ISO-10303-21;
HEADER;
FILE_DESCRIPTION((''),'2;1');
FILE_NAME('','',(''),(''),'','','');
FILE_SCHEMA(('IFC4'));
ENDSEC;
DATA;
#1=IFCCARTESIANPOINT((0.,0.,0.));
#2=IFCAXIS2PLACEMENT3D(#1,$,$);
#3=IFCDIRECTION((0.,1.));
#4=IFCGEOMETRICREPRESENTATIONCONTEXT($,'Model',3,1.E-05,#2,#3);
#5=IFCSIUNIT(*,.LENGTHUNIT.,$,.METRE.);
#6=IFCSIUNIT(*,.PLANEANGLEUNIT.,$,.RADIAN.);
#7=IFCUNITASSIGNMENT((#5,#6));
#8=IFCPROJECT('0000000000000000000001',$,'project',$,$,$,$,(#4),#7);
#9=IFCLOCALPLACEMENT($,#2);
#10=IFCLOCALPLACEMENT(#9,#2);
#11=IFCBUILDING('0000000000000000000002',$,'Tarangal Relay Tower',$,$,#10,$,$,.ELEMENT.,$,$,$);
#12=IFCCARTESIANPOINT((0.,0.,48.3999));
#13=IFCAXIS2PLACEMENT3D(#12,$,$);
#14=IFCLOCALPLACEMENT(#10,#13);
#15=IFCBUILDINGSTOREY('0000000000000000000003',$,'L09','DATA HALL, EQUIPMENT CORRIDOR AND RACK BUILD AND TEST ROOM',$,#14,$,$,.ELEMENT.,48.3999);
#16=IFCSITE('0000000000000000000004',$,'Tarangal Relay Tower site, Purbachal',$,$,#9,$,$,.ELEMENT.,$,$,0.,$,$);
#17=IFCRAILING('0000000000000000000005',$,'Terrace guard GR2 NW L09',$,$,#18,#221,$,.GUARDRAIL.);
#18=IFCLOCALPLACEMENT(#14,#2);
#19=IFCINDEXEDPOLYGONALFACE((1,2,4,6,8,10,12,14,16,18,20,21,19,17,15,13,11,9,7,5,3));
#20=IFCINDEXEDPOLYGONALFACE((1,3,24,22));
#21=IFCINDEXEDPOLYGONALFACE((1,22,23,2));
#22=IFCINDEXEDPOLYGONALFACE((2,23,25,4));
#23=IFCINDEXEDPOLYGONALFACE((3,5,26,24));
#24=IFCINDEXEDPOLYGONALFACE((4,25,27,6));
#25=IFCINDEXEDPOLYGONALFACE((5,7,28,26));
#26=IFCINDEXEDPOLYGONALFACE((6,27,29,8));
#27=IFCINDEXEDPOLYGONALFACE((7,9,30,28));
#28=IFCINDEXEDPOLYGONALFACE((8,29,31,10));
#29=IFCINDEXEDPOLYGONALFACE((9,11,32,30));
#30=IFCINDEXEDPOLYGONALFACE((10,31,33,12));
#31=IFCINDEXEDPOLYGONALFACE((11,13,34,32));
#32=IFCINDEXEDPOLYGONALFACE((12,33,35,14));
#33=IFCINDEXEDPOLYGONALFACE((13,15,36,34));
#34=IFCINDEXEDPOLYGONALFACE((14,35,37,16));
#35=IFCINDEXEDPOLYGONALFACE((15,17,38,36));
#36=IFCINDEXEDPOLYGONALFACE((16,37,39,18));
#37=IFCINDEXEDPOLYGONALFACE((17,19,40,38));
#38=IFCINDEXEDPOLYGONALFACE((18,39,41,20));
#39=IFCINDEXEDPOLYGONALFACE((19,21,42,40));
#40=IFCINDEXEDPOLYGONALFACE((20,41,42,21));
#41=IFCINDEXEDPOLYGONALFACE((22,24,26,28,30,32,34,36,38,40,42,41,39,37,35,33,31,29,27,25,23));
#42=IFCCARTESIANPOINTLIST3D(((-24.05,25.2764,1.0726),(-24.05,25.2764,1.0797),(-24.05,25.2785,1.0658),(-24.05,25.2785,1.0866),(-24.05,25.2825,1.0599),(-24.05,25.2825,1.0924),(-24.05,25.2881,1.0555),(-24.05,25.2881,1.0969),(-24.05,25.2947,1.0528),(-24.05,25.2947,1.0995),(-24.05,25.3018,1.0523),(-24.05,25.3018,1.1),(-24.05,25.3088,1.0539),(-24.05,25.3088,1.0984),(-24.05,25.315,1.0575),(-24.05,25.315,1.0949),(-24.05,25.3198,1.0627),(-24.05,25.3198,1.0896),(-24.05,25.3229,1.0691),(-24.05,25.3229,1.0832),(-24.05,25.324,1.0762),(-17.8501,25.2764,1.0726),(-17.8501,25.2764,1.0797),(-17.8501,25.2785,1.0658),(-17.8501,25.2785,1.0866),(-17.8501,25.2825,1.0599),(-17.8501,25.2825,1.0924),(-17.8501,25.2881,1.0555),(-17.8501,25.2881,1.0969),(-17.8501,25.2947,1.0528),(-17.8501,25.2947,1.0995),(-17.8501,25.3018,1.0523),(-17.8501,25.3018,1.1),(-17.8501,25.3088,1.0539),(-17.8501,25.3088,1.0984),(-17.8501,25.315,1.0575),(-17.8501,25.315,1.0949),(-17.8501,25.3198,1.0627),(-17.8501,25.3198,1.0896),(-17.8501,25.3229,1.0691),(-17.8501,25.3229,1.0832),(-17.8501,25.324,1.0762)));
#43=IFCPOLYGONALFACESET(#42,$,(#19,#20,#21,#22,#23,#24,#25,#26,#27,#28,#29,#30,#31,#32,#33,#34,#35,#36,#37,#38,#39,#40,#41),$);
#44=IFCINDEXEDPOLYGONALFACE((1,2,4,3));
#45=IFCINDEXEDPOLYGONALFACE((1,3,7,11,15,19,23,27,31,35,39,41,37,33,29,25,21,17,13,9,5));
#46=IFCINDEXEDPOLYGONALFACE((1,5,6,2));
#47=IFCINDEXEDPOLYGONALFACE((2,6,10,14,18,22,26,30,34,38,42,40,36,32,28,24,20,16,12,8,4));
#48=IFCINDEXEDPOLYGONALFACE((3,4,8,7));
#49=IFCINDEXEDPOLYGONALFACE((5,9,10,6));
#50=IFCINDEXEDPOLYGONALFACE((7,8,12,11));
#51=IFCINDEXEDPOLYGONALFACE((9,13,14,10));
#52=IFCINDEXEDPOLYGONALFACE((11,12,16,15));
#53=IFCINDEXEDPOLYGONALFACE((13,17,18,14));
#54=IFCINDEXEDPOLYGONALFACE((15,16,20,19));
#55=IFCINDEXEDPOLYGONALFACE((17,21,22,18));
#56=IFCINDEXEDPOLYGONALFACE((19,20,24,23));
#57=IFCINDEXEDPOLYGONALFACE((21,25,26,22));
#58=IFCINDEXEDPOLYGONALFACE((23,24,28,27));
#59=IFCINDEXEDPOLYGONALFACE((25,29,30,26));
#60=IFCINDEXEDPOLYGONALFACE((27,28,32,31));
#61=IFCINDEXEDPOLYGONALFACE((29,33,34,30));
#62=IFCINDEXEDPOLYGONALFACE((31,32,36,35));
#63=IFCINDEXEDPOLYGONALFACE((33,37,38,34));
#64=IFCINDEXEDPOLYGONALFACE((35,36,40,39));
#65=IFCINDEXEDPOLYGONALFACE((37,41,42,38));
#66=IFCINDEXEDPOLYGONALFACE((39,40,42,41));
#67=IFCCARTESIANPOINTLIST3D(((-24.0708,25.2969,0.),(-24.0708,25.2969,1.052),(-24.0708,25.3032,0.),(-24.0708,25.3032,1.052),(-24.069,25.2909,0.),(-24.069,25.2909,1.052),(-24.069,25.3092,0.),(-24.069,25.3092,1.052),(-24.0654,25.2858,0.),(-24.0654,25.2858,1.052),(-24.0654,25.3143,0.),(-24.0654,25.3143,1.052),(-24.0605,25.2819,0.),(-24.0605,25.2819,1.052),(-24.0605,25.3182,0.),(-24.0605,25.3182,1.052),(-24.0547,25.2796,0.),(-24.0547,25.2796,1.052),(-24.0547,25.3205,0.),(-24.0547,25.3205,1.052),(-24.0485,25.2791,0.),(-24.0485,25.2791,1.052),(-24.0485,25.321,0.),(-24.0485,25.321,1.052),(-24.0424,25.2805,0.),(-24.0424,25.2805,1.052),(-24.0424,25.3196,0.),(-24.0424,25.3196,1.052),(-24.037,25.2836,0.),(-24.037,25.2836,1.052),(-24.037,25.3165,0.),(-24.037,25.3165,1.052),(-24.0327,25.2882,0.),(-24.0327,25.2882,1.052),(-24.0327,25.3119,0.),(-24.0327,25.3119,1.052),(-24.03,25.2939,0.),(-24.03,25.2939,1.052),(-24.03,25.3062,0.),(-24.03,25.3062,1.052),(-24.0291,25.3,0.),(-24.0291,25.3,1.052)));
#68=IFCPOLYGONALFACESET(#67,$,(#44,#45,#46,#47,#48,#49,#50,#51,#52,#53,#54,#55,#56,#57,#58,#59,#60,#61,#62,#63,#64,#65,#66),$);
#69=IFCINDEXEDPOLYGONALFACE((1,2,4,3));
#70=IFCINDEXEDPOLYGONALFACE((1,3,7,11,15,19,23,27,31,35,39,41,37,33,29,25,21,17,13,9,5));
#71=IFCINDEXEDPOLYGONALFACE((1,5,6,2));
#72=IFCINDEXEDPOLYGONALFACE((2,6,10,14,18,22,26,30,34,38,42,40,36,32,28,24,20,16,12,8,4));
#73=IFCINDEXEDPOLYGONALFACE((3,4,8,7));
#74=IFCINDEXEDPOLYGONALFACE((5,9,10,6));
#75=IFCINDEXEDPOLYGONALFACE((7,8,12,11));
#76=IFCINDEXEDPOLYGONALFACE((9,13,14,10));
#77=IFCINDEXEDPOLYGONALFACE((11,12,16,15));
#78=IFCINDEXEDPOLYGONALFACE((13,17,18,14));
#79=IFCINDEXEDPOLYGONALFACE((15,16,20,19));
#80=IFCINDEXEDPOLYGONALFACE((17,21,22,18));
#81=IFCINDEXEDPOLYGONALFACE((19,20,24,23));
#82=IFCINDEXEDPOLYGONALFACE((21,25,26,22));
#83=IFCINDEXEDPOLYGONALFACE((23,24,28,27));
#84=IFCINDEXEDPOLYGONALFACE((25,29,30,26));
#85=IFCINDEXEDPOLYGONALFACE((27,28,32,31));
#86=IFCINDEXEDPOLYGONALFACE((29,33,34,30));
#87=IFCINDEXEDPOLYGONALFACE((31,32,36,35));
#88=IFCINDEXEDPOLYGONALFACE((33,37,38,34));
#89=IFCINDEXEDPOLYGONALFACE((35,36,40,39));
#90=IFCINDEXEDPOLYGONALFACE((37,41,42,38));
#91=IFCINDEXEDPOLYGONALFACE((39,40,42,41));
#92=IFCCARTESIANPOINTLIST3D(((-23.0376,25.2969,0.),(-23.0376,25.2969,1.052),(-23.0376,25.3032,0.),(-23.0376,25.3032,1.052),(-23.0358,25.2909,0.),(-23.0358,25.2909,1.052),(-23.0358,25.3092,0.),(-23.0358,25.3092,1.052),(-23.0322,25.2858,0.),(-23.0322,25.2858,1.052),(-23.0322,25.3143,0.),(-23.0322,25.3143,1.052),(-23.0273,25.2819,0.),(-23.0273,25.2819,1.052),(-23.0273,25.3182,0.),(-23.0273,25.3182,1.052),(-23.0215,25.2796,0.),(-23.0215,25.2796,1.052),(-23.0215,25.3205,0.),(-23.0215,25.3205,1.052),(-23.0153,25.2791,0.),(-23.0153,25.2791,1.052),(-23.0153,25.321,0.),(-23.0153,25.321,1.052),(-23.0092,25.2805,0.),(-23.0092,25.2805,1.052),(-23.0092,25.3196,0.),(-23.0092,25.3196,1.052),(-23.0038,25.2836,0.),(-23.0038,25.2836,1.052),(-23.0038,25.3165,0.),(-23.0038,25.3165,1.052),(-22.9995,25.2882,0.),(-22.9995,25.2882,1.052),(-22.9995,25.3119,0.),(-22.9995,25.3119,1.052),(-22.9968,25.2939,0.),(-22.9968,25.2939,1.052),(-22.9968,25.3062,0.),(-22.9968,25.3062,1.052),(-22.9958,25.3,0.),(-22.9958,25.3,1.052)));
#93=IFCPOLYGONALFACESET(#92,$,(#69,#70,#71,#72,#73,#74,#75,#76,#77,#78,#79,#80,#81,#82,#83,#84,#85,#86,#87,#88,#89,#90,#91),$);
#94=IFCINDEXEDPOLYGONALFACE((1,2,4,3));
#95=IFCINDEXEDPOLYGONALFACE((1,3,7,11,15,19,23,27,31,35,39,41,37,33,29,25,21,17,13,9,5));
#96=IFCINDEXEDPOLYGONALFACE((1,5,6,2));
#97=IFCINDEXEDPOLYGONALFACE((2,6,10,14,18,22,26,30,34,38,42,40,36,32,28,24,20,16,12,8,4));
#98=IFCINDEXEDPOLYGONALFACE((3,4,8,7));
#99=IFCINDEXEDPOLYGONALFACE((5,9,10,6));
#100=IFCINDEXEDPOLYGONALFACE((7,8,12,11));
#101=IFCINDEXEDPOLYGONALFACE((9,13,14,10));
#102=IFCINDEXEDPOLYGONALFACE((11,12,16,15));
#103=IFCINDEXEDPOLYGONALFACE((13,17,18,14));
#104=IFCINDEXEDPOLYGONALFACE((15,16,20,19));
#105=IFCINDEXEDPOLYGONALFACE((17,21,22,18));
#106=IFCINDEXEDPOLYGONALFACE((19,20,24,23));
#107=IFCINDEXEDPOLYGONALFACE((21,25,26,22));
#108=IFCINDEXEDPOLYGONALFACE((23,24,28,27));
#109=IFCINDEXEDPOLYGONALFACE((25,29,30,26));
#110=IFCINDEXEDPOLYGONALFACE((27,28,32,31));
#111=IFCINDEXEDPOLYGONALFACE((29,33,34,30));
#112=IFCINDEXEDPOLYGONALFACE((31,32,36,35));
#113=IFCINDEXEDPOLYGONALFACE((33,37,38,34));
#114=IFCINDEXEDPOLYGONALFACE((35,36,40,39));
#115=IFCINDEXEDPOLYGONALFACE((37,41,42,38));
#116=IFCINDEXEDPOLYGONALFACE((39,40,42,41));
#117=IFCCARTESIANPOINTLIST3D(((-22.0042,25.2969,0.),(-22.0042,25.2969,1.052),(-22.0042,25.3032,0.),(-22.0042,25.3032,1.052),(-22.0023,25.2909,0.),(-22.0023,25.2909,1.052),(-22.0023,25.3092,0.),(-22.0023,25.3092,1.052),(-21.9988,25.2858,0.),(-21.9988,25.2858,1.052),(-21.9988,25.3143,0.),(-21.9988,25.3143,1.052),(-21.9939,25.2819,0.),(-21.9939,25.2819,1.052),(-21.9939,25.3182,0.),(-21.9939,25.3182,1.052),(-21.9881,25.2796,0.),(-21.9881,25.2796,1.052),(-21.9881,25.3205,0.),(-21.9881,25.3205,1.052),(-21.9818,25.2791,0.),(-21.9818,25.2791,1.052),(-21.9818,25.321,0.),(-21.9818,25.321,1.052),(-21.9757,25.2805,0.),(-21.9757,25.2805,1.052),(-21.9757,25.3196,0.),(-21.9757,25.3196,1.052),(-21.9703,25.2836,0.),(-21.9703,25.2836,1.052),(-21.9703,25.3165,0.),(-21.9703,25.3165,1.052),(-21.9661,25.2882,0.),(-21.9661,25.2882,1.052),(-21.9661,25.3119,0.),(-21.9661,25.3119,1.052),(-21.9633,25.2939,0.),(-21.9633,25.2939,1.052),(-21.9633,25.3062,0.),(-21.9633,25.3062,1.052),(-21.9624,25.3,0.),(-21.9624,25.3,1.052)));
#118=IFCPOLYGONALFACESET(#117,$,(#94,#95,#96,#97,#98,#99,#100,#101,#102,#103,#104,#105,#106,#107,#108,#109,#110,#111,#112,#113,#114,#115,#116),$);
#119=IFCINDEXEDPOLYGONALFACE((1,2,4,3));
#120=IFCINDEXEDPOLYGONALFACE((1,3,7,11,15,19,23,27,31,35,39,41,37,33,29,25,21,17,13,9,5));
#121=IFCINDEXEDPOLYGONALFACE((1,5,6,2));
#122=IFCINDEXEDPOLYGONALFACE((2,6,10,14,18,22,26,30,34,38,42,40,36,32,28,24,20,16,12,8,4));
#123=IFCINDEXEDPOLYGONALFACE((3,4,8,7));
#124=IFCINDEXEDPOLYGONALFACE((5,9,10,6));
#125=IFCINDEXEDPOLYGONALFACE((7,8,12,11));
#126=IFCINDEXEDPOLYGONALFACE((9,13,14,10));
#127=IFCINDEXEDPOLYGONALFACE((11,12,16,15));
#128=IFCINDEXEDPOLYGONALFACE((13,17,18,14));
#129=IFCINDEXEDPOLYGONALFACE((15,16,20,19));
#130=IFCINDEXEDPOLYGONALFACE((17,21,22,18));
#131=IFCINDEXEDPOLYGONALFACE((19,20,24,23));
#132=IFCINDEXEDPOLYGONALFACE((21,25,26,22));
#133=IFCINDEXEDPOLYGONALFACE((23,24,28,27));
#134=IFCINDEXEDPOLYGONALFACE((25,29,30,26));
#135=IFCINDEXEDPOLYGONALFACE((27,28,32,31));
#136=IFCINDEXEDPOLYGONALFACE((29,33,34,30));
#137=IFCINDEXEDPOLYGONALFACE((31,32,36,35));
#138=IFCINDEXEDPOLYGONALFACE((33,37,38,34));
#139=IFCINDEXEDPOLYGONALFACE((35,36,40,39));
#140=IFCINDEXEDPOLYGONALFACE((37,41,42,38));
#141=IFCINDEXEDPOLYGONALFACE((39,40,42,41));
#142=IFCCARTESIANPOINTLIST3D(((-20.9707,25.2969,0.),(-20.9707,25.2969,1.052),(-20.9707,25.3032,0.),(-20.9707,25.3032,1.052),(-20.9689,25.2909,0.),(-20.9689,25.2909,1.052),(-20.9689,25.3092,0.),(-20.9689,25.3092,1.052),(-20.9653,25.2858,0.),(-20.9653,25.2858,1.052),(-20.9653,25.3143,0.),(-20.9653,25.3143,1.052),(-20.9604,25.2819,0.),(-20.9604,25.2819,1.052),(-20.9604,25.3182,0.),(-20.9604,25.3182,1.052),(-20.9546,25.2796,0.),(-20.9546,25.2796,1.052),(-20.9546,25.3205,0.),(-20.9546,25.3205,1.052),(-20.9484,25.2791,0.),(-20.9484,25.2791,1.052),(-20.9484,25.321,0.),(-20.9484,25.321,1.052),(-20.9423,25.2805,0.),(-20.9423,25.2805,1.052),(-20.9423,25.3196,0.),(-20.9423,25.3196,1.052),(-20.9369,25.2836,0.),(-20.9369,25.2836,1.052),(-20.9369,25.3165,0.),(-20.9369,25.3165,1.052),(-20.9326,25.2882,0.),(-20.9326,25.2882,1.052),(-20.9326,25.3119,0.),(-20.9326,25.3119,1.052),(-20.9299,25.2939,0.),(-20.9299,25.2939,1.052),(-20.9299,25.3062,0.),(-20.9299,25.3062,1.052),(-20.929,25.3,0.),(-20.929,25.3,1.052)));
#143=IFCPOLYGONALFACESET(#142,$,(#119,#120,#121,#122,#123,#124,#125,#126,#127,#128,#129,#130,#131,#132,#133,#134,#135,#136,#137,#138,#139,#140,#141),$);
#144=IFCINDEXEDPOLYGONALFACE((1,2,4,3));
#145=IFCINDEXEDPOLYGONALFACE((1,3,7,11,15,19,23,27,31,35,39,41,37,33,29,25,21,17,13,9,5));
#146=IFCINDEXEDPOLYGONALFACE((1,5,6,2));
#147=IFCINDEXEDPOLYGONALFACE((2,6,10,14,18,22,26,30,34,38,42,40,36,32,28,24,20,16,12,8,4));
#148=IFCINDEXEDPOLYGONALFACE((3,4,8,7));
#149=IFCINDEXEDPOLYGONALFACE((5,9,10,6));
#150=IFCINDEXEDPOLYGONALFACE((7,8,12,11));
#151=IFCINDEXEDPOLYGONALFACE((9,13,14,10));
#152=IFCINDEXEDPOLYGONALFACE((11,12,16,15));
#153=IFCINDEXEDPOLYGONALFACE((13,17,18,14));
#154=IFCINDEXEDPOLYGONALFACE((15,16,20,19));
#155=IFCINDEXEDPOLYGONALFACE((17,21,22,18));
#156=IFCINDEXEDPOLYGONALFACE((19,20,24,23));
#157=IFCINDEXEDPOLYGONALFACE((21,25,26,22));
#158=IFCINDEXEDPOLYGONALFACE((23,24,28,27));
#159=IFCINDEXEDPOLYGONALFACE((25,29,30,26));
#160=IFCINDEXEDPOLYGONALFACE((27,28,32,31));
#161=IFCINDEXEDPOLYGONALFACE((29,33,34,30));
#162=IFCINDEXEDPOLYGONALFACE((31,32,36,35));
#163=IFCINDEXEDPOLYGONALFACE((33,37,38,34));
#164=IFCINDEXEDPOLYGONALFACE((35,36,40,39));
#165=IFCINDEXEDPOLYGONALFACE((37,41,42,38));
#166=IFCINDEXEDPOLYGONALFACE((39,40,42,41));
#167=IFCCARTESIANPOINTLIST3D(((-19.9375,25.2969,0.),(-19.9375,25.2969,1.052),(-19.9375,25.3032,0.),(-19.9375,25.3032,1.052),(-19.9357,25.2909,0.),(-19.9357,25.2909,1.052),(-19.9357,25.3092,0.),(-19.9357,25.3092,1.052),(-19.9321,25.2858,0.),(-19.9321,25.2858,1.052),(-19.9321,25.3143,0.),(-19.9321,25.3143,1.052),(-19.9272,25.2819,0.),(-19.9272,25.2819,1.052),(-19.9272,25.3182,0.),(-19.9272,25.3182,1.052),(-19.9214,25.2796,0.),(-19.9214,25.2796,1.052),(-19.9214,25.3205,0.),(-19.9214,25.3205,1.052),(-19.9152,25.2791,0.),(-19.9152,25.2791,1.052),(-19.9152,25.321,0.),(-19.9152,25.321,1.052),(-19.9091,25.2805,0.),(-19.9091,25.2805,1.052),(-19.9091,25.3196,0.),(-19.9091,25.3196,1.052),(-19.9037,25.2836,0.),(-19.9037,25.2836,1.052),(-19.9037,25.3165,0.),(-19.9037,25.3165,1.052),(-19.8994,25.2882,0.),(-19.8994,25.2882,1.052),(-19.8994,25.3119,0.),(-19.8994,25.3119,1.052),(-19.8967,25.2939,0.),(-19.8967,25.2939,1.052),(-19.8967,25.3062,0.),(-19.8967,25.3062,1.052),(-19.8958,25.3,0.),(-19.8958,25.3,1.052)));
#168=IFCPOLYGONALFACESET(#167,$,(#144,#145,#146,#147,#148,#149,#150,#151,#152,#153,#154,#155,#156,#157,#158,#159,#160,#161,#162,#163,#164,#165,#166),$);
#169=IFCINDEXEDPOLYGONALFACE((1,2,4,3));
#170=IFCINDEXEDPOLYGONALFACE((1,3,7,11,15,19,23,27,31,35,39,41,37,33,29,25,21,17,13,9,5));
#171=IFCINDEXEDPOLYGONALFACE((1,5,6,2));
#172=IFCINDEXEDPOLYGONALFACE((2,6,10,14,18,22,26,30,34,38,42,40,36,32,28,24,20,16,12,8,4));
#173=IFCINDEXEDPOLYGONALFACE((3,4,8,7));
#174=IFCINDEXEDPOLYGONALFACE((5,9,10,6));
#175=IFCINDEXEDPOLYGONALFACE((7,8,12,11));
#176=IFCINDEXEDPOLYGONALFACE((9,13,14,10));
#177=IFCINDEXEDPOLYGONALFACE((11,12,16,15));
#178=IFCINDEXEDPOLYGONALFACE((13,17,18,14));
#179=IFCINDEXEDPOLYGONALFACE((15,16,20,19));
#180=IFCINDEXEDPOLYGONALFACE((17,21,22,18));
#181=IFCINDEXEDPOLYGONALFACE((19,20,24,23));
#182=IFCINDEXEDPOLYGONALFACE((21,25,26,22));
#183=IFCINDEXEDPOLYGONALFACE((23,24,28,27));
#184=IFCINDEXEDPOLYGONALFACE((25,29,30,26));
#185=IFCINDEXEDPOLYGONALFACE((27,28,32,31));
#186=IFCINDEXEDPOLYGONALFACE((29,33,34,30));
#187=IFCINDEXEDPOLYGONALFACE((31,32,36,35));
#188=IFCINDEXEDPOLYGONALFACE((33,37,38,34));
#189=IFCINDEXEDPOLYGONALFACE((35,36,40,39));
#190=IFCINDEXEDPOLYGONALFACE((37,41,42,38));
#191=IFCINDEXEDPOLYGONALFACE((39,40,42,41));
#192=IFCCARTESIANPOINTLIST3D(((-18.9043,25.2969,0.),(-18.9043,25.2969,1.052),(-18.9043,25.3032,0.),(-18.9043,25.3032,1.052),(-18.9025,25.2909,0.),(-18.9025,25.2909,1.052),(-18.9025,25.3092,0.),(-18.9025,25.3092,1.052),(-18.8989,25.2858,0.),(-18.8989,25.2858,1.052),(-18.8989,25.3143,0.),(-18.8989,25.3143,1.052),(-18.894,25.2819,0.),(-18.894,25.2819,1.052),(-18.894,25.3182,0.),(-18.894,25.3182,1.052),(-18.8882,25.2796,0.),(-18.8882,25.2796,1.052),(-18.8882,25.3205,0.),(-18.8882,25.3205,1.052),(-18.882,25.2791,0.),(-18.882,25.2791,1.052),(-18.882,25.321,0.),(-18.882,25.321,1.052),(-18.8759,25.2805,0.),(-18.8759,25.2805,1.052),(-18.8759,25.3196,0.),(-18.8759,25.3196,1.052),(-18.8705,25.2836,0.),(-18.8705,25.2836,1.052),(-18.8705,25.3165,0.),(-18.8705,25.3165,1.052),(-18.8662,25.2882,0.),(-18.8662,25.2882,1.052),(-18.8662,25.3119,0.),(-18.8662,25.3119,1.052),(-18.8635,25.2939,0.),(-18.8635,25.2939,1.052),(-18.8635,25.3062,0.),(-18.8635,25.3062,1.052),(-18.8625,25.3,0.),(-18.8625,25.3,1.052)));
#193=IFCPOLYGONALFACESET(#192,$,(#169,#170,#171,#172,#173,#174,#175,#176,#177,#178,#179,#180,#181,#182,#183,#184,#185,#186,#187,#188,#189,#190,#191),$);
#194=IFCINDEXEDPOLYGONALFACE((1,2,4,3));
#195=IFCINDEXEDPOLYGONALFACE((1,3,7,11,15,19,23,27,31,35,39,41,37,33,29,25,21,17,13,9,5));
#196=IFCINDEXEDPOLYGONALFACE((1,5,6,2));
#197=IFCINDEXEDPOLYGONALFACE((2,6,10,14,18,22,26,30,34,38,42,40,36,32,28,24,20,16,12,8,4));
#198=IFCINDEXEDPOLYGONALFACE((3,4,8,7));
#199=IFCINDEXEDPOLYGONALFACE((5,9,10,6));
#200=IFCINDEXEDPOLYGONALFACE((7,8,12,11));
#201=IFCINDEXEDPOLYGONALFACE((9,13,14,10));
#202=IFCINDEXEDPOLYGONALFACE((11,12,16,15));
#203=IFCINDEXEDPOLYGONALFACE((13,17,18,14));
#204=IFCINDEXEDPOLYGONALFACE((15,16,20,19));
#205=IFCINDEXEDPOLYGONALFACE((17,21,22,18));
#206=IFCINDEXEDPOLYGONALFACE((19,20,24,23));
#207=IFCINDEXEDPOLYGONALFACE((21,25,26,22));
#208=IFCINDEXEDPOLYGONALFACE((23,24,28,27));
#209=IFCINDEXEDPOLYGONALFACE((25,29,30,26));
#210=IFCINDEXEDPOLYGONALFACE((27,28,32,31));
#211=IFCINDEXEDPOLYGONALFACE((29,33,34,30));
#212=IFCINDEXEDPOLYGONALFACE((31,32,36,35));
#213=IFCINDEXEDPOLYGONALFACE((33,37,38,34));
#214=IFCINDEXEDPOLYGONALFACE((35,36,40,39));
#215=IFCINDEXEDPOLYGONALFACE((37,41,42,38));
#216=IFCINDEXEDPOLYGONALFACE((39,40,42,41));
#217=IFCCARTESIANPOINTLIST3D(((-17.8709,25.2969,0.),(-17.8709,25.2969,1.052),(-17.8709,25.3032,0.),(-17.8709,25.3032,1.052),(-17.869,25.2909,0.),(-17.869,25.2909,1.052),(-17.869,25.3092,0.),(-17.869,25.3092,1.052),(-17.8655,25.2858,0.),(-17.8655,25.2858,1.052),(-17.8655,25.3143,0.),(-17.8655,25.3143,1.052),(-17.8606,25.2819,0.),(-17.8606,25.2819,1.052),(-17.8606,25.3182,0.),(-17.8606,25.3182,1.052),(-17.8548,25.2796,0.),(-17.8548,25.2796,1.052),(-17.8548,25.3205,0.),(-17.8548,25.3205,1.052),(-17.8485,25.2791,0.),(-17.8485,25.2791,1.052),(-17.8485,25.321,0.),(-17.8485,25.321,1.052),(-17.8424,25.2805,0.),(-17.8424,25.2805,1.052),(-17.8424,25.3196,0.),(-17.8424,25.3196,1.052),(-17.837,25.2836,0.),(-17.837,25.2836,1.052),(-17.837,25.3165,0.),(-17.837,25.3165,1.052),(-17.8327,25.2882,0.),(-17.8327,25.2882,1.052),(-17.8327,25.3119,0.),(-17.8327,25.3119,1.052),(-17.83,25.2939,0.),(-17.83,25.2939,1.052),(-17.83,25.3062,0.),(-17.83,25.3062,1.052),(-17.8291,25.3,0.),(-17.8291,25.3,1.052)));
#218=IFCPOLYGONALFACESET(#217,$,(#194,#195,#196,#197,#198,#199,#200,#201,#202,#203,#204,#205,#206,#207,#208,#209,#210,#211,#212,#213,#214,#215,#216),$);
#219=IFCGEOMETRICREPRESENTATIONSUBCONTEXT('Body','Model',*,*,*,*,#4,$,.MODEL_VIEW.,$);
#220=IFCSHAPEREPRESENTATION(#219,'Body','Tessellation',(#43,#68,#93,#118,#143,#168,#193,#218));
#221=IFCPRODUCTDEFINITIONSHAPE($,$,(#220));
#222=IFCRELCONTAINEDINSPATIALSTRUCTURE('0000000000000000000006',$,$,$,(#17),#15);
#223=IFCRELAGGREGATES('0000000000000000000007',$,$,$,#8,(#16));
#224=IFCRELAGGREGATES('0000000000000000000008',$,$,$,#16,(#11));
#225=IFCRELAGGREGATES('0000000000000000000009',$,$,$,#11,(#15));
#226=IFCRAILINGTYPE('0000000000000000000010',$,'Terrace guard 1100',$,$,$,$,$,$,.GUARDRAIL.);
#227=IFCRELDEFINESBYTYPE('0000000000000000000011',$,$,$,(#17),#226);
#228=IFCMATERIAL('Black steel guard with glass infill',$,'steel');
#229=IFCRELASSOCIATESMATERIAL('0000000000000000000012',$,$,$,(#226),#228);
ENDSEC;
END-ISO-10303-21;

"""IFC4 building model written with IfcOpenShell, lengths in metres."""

from ifc_helpers import new_model, si_unit, direction, frame, origin, origin_2d, place, context, subcontext, project, spatial, circle, extrude, material, type_object, element, save


model = new_model("IFC4")

# Units and contexts
model_context = context("Model", 3, precision=1e-05, world=origin(), true_north=direction((0.0, 1.0)))
body_context = subcontext(model_context, "Body", "Model", "MODEL_VIEW")
ifc_project = project(units=[si_unit("LENGTHUNIT", "METRE"), si_unit("PLANEANGLEUNIT", "RADIAN")], contexts=[model_context])

# Site, building, storey
site_placement = place(None, origin())
site = spatial("IfcSite", under=ifc_project, at=site_placement, Name="Tarangal Relay Tower site, Purbachal", CompositionType="ELEMENT", RefElevation=0.0)
building_placement = place(site_placement, origin())
building = spatial("IfcBuilding", under=site, at=building_placement, Name="Tarangal Relay Tower", CompositionType="ELEMENT")
storey_placement = place(building_placement, frame((0.0, 0.0, 48.3999)))
storey = spatial("IfcBuildingStorey", under=building, at=storey_placement, Name="L09", Description="DATA HALL, EQUIPMENT CORRIDOR AND RACK BUILD AND TEST ROOM", CompositionType="ELEMENT", Elevation=48.3999)

# Railing
ifc_material_1 = material(Name="Black steel guard with glass infill", Category="steel")
railing_type = type_object("IfcRailingType", Name="Terrace guard 1100", PredefinedType="GUARDRAIL", material=ifc_material_1)
railing_1_placement = place(storey_placement, frame((-24.05, 25.3, 0.0)))
element("IfcRailing", 1, at=railing_1_placement, inside=storey, type_object=railing_type, Name="Terrace guard GR2 NW L09", PredefinedType="GUARDRAIL", context=body_context, shape_type="SweptSolid", body=[
    extrude(circle(Radius=0.0239, at=origin_2d()), frame((0.0, 0.0, 1.0762), z_axis=(1.0, 0.0, 0.0), x_axis=(0.0, 1.0, 0.0)), (0.0, 0.0, 1.0), 6.2),
    extrude(circle(Radius=0.021, at=origin_2d()), origin(), (0.0, 0.0, 1.0), 1.052),
    extrude(circle(Radius=0.021, at=origin_2d()), frame((1.0332, 0.0, 0.0)), (0.0, 0.0, 1.0), 1.052),
    extrude(circle(Radius=0.021, at=origin_2d()), frame((2.0667, 0.0, 0.0)), (0.0, 0.0, 1.0), 1.052),
    extrude(circle(Radius=0.021, at=origin_2d()), frame((3.1001, 0.0, 0.0)), (0.0, 0.0, 1.0), 1.052),
    extrude(circle(Radius=0.021, at=origin_2d()), frame((4.1333, 0.0, 0.0)), (0.0, 0.0, 1.0), 1.052),
    extrude(circle(Radius=0.021, at=origin_2d()), frame((5.1665, 0.0, 0.0)), (0.0, 0.0, 1.0), 1.052),
    extrude(circle(Radius=0.021, at=origin_2d()), frame((6.2, 0.0, 0.0)), (0.0, 0.0, 1.0), 1.052),
])

save(model, "model.ifc")
